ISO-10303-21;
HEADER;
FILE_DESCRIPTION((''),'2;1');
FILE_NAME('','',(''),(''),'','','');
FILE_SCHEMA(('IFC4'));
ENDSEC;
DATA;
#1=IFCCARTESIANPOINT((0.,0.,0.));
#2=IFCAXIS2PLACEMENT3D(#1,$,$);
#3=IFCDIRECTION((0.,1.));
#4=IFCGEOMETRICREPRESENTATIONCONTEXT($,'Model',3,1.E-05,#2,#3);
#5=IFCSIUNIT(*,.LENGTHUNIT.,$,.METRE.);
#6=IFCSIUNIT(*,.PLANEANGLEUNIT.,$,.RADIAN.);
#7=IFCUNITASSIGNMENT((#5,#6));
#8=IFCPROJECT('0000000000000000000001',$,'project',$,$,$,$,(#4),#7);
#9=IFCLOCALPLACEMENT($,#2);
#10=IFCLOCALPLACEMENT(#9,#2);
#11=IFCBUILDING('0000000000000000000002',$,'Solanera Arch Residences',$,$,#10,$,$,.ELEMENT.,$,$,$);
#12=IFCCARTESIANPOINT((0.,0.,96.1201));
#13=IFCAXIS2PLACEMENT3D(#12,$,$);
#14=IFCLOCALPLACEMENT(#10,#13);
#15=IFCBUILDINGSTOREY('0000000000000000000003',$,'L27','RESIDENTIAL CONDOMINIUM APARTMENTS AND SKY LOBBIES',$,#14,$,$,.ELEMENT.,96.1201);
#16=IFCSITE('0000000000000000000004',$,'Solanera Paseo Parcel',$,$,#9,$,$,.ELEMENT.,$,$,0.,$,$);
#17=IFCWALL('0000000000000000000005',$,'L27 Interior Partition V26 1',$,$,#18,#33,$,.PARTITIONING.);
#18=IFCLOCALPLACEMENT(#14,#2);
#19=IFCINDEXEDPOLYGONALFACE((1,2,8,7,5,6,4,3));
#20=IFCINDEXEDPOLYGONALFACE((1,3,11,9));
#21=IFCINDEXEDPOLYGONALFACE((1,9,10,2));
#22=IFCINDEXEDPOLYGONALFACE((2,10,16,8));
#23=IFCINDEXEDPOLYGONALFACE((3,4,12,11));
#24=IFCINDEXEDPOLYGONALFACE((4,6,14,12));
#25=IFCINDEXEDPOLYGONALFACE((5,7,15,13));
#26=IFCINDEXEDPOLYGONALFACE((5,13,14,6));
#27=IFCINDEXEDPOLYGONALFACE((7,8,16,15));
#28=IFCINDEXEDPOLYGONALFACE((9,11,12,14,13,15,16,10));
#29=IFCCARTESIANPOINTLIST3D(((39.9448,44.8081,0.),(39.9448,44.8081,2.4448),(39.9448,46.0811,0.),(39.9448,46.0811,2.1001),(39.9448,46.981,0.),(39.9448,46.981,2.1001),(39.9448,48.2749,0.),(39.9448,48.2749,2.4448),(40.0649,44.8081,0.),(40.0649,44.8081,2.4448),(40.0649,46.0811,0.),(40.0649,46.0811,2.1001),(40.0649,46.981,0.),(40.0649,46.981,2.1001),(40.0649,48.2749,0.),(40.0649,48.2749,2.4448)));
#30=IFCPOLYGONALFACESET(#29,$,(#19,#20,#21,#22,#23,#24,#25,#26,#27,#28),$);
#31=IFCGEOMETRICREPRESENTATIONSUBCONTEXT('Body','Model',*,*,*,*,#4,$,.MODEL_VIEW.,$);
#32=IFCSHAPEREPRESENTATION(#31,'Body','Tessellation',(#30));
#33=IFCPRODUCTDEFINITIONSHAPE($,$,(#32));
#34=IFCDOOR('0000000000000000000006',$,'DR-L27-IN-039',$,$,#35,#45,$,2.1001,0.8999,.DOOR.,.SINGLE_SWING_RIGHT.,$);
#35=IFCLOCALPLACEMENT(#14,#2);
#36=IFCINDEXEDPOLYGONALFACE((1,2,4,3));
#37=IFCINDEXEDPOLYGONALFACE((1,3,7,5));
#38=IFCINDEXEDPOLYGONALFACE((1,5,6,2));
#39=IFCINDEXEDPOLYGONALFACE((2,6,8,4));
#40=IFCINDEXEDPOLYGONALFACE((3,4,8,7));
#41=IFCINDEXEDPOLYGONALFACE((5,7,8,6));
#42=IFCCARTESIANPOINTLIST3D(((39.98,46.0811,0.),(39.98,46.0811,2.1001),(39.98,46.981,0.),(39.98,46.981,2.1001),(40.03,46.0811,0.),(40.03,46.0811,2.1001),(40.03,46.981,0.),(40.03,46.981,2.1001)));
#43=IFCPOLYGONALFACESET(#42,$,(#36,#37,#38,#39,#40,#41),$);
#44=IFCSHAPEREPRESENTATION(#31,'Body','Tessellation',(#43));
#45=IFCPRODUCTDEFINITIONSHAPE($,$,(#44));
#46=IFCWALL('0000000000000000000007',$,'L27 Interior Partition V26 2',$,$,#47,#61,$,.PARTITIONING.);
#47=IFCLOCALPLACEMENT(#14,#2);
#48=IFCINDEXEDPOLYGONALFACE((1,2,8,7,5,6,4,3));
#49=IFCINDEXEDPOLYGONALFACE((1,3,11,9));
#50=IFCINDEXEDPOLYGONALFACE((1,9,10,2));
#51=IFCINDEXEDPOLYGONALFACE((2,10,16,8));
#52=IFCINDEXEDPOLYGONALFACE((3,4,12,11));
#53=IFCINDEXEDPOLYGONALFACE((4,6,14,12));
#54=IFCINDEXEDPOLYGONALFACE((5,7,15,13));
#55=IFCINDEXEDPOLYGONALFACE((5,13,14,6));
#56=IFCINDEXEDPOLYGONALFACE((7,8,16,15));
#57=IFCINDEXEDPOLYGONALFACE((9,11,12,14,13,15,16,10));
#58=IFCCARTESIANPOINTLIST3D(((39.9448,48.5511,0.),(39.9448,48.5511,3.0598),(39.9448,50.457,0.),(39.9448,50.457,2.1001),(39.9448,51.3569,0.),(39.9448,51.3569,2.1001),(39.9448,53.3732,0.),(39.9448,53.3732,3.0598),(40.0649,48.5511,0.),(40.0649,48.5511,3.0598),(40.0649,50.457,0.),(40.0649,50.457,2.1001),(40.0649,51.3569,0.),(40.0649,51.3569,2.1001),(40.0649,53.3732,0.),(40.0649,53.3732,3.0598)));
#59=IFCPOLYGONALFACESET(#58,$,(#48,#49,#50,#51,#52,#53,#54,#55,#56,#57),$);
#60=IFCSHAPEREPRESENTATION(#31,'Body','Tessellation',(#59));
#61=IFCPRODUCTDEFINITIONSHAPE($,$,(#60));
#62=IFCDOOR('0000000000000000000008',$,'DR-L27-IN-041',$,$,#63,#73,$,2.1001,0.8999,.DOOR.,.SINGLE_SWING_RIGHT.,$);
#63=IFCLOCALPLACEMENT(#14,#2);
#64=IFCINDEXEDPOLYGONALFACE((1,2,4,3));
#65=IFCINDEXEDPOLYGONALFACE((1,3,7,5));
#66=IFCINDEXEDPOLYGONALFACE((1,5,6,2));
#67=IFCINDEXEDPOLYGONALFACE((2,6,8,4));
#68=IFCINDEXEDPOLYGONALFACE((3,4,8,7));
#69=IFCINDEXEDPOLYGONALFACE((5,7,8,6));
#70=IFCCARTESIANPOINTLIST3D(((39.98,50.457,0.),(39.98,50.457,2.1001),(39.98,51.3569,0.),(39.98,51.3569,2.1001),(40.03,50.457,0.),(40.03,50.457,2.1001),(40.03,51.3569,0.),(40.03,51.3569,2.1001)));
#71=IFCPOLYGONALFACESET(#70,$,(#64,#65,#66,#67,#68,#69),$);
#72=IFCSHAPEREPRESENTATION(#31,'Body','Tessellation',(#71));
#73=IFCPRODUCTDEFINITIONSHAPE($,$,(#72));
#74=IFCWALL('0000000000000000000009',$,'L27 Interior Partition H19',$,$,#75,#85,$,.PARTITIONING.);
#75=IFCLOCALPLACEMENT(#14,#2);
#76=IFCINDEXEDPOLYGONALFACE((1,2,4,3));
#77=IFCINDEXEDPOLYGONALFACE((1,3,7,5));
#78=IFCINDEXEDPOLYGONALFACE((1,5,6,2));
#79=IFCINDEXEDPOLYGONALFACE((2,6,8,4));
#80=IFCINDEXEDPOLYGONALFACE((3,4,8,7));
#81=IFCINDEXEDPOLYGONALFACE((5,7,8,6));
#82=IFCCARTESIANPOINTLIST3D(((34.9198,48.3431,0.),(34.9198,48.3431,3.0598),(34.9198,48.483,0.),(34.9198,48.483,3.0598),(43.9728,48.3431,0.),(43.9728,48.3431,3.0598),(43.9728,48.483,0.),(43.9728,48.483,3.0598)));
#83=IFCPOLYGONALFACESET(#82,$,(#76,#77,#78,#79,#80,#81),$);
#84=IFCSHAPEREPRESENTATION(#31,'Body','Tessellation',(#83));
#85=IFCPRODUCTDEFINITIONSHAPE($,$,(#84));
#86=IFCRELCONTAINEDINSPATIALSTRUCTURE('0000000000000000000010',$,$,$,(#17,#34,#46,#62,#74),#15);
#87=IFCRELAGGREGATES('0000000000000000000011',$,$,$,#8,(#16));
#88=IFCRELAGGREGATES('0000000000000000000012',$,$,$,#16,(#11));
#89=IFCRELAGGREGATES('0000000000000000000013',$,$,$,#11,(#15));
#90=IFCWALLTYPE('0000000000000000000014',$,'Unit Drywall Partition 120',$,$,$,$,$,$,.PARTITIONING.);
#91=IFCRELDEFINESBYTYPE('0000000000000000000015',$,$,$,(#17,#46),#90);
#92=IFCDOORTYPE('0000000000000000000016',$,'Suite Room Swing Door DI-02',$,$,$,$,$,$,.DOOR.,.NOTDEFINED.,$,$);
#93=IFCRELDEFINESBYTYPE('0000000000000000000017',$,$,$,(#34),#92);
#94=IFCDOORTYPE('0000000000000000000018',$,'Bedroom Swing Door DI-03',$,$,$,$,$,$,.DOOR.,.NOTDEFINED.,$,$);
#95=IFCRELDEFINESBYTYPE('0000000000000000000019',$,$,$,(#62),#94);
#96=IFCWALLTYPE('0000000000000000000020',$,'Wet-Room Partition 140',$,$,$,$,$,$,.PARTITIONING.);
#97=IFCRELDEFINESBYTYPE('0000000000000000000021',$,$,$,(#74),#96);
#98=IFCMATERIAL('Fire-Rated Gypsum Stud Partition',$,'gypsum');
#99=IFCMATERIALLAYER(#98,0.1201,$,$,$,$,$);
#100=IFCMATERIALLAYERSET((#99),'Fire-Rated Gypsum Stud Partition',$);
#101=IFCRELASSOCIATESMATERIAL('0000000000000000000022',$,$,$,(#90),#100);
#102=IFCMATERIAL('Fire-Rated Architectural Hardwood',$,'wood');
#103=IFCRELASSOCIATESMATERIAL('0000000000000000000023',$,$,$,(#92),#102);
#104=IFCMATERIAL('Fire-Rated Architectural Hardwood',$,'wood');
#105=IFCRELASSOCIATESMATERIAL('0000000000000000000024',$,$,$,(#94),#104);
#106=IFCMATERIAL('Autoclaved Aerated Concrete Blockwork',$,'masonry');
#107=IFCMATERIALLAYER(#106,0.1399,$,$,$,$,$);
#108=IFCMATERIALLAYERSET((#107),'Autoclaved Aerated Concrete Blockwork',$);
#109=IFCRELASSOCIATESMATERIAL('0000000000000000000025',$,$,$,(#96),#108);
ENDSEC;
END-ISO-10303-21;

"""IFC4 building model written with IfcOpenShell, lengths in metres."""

from ifc_helpers import new_model, si_unit, direction, frame, frame_2d, origin, place, context, subcontext, project, spatial, rectangle, extrude, material, layer, layer_set, type_object, element, fill, save


model = new_model("IFC4")

# Units and contexts
model_context = context("Model", 3, precision=1e-05, world=origin(), true_north=direction((0.0, 1.0)))
body_context = subcontext(model_context, "Body", "Model", "MODEL_VIEW")
ifc_project = project(units=[si_unit("LENGTHUNIT", "METRE"), si_unit("PLANEANGLEUNIT", "RADIAN")], contexts=[model_context])

# Site, building, storey
site_placement = place(None, origin())
site = spatial("IfcSite", under=ifc_project, at=site_placement, Name="Solanera Paseo Parcel", CompositionType="ELEMENT", RefElevation=0.0)
building_placement = place(site_placement, origin())
building = spatial("IfcBuilding", under=site, at=building_placement, Name="Solanera Arch Residences", CompositionType="ELEMENT")
storey_placement = place(building_placement, frame((0.0, 0.0, 96.1201)))
storey = spatial("IfcBuildingStorey", under=building, at=storey_placement, Name="L27", Description="RESIDENTIAL CONDOMINIUM APARTMENTS AND SKY LOBBIES", CompositionType="ELEMENT", Elevation=96.1201)

# Shared definitions
ifc_material_1 = material(Name="Fire-Rated Gypsum Stud Partition", Category="gypsum")
ifc_layer_1 = layer(ifc_material_1, 0.1201)
ifc_layer_set_1 = layer_set([ifc_layer_1], Name="Fire-Rated Gypsum Stud Partition")
wall_type_1 = type_object("IfcWallType", Name="Unit Drywall Partition 120", PredefinedType="PARTITIONING", material=ifc_layer_set_1)

# Walls, openings, doors
ifc_material_2 = material(Name="Fire-Rated Architectural Hardwood", Category="wood")
door_type_1 = type_object("IfcDoorType", Name="Suite Room Swing Door DI-02", OperationType="NOTDEFINED", PredefinedType="DOOR", material=ifc_material_2)
ifc_material_3 = material(Name="Fire-Rated Architectural Hardwood", Category="wood")
door_type_2 = type_object("IfcDoorType", Name="Bedroom Swing Door DI-03", OperationType="NOTDEFINED", PredefinedType="DOOR", material=ifc_material_3)
wall_1_placement = place(storey_placement, frame((40.0049, 44.8081, 0.0), z_axis=(0.0, 0.0, 1.0), x_axis=(0.0, 1.0, 0.0)))
wall_1 = element("IfcWall", 1, at=wall_1_placement, inside=storey, type_object=wall_type_1, Name="L27 Interior Partition V26 1", PredefinedType="PARTITIONING", context=body_context, shape_type="SweptSolid", body=[
    extrude(rectangle(XDim=3.4668, YDim=0.1201, at=frame_2d((1.7334, 0.0))), origin(), (0.0, 0.0, 1.0), 2.4448),
])
opening_1_placement = place(wall_1_placement, frame((1.2729, 0.0, 0.0)))
opening_1 = element("IfcOpeningElement", 2, at=opening_1_placement, cuts=wall_1, PredefinedType="OPENING", context=body_context, shape_type="SweptSolid", body=[
    extrude(rectangle(XDim=0.8999, YDim=2.1001, at=frame_2d((0.45, 1.05))), frame((0.0, 0.0701, 0.0), z_axis=(0.0, -1.0, 0.0), x_axis=(1.0, 0.0, 0.0)), (0.0, 0.0, 1.0), 0.1401),
])
door_1_placement = place(opening_1_placement, origin())
door_1 = element("IfcDoor", 3, at=door_1_placement, inside=storey, type_object=door_type_1, Name="DR-L27-IN-039", OperationType="SINGLE_SWING_RIGHT", OverallHeight=2.1001, OverallWidth=0.8999, PredefinedType="DOOR", context=body_context, shape_type="SweptSolid", body=[
    extrude(rectangle(XDim=0.8999, YDim=2.1001, at=frame_2d((0.45, 1.05))), frame((0.0, 0.0249, 0.0), z_axis=(0.0, -1.0, 0.0), x_axis=(1.0, 0.0, 0.0)), (0.0, 0.0, 1.0), 0.05),
])
fill(opening_1, door_1)
wall_2_placement = place(storey_placement, frame((40.0049, 48.551, 0.0), z_axis=(0.0, 0.0, 1.0), x_axis=(0.0, 1.0, 0.0)))
wall_2 = element("IfcWall", 4, at=wall_2_placement, inside=storey, type_object=wall_type_1, Name="L27 Interior Partition V26 2", PredefinedType="PARTITIONING", context=body_context, shape_type="SweptSolid", body=[
    extrude(rectangle(XDim=4.822, YDim=0.1201, at=frame_2d((2.4111, 0.0))), origin(), (0.0, 0.0, 1.0), 3.0598),
])
opening_2_placement = place(wall_2_placement, frame((1.906, 0.0, 0.0)))
opening_2 = element("IfcOpeningElement", 5, at=opening_2_placement, cuts=wall_2, PredefinedType="OPENING", context=body_context, shape_type="SweptSolid", body=[
    extrude(rectangle(XDim=0.8999, YDim=2.1001, at=frame_2d((0.45, 1.05))), frame((0.0, 0.0701, 0.0), z_axis=(0.0, -1.0, 0.0), x_axis=(1.0, 0.0, 0.0)), (0.0, 0.0, 1.0), 0.1401),
])
door_2_placement = place(opening_2_placement, origin())
door_2 = element("IfcDoor", 6, at=door_2_placement, inside=storey, type_object=door_type_2, Name="DR-L27-IN-041", OperationType="SINGLE_SWING_RIGHT", OverallHeight=2.1001, OverallWidth=0.8999, PredefinedType="DOOR", context=body_context, shape_type="SweptSolid", body=[
    extrude(rectangle(XDim=0.8999, YDim=2.1001, at=frame_2d((0.45, 1.05))), frame((0.0, 0.0249, 0.0), z_axis=(0.0, -1.0, 0.0), x_axis=(1.0, 0.0, 0.0)), (0.0, 0.0, 1.0), 0.05),
])
fill(opening_2, door_2)

# Wall
ifc_material_4 = material(Name="Autoclaved Aerated Concrete Blockwork", Category="masonry")
ifc_layer_2 = layer(ifc_material_4, 0.1399)
ifc_layer_set_2 = layer_set([ifc_layer_2], Name="Autoclaved Aerated Concrete Blockwork")
wall_type_2 = type_object("IfcWallType", Name="Wet-Room Partition 140", PredefinedType="PARTITIONING", material=ifc_layer_set_2)
wall_3_placement = place(storey_placement, frame((34.9199, 48.4131, 0.0), z_axis=(0.0, 0.0, 1.0), x_axis=(1.0, 0.0, 0.0)))
element("IfcWall", 7, at=wall_3_placement, inside=storey, type_object=wall_type_2, Name="L27 Interior Partition H19", PredefinedType="PARTITIONING", context=body_context, shape_type="SweptSolid", body=[
    extrude(rectangle(XDim=9.053, YDim=0.1399, at=frame_2d((4.5264, 0.0))), origin(), (0.0, 0.0, 1.0), 3.0598),
])

save(model, "model.ifc")
